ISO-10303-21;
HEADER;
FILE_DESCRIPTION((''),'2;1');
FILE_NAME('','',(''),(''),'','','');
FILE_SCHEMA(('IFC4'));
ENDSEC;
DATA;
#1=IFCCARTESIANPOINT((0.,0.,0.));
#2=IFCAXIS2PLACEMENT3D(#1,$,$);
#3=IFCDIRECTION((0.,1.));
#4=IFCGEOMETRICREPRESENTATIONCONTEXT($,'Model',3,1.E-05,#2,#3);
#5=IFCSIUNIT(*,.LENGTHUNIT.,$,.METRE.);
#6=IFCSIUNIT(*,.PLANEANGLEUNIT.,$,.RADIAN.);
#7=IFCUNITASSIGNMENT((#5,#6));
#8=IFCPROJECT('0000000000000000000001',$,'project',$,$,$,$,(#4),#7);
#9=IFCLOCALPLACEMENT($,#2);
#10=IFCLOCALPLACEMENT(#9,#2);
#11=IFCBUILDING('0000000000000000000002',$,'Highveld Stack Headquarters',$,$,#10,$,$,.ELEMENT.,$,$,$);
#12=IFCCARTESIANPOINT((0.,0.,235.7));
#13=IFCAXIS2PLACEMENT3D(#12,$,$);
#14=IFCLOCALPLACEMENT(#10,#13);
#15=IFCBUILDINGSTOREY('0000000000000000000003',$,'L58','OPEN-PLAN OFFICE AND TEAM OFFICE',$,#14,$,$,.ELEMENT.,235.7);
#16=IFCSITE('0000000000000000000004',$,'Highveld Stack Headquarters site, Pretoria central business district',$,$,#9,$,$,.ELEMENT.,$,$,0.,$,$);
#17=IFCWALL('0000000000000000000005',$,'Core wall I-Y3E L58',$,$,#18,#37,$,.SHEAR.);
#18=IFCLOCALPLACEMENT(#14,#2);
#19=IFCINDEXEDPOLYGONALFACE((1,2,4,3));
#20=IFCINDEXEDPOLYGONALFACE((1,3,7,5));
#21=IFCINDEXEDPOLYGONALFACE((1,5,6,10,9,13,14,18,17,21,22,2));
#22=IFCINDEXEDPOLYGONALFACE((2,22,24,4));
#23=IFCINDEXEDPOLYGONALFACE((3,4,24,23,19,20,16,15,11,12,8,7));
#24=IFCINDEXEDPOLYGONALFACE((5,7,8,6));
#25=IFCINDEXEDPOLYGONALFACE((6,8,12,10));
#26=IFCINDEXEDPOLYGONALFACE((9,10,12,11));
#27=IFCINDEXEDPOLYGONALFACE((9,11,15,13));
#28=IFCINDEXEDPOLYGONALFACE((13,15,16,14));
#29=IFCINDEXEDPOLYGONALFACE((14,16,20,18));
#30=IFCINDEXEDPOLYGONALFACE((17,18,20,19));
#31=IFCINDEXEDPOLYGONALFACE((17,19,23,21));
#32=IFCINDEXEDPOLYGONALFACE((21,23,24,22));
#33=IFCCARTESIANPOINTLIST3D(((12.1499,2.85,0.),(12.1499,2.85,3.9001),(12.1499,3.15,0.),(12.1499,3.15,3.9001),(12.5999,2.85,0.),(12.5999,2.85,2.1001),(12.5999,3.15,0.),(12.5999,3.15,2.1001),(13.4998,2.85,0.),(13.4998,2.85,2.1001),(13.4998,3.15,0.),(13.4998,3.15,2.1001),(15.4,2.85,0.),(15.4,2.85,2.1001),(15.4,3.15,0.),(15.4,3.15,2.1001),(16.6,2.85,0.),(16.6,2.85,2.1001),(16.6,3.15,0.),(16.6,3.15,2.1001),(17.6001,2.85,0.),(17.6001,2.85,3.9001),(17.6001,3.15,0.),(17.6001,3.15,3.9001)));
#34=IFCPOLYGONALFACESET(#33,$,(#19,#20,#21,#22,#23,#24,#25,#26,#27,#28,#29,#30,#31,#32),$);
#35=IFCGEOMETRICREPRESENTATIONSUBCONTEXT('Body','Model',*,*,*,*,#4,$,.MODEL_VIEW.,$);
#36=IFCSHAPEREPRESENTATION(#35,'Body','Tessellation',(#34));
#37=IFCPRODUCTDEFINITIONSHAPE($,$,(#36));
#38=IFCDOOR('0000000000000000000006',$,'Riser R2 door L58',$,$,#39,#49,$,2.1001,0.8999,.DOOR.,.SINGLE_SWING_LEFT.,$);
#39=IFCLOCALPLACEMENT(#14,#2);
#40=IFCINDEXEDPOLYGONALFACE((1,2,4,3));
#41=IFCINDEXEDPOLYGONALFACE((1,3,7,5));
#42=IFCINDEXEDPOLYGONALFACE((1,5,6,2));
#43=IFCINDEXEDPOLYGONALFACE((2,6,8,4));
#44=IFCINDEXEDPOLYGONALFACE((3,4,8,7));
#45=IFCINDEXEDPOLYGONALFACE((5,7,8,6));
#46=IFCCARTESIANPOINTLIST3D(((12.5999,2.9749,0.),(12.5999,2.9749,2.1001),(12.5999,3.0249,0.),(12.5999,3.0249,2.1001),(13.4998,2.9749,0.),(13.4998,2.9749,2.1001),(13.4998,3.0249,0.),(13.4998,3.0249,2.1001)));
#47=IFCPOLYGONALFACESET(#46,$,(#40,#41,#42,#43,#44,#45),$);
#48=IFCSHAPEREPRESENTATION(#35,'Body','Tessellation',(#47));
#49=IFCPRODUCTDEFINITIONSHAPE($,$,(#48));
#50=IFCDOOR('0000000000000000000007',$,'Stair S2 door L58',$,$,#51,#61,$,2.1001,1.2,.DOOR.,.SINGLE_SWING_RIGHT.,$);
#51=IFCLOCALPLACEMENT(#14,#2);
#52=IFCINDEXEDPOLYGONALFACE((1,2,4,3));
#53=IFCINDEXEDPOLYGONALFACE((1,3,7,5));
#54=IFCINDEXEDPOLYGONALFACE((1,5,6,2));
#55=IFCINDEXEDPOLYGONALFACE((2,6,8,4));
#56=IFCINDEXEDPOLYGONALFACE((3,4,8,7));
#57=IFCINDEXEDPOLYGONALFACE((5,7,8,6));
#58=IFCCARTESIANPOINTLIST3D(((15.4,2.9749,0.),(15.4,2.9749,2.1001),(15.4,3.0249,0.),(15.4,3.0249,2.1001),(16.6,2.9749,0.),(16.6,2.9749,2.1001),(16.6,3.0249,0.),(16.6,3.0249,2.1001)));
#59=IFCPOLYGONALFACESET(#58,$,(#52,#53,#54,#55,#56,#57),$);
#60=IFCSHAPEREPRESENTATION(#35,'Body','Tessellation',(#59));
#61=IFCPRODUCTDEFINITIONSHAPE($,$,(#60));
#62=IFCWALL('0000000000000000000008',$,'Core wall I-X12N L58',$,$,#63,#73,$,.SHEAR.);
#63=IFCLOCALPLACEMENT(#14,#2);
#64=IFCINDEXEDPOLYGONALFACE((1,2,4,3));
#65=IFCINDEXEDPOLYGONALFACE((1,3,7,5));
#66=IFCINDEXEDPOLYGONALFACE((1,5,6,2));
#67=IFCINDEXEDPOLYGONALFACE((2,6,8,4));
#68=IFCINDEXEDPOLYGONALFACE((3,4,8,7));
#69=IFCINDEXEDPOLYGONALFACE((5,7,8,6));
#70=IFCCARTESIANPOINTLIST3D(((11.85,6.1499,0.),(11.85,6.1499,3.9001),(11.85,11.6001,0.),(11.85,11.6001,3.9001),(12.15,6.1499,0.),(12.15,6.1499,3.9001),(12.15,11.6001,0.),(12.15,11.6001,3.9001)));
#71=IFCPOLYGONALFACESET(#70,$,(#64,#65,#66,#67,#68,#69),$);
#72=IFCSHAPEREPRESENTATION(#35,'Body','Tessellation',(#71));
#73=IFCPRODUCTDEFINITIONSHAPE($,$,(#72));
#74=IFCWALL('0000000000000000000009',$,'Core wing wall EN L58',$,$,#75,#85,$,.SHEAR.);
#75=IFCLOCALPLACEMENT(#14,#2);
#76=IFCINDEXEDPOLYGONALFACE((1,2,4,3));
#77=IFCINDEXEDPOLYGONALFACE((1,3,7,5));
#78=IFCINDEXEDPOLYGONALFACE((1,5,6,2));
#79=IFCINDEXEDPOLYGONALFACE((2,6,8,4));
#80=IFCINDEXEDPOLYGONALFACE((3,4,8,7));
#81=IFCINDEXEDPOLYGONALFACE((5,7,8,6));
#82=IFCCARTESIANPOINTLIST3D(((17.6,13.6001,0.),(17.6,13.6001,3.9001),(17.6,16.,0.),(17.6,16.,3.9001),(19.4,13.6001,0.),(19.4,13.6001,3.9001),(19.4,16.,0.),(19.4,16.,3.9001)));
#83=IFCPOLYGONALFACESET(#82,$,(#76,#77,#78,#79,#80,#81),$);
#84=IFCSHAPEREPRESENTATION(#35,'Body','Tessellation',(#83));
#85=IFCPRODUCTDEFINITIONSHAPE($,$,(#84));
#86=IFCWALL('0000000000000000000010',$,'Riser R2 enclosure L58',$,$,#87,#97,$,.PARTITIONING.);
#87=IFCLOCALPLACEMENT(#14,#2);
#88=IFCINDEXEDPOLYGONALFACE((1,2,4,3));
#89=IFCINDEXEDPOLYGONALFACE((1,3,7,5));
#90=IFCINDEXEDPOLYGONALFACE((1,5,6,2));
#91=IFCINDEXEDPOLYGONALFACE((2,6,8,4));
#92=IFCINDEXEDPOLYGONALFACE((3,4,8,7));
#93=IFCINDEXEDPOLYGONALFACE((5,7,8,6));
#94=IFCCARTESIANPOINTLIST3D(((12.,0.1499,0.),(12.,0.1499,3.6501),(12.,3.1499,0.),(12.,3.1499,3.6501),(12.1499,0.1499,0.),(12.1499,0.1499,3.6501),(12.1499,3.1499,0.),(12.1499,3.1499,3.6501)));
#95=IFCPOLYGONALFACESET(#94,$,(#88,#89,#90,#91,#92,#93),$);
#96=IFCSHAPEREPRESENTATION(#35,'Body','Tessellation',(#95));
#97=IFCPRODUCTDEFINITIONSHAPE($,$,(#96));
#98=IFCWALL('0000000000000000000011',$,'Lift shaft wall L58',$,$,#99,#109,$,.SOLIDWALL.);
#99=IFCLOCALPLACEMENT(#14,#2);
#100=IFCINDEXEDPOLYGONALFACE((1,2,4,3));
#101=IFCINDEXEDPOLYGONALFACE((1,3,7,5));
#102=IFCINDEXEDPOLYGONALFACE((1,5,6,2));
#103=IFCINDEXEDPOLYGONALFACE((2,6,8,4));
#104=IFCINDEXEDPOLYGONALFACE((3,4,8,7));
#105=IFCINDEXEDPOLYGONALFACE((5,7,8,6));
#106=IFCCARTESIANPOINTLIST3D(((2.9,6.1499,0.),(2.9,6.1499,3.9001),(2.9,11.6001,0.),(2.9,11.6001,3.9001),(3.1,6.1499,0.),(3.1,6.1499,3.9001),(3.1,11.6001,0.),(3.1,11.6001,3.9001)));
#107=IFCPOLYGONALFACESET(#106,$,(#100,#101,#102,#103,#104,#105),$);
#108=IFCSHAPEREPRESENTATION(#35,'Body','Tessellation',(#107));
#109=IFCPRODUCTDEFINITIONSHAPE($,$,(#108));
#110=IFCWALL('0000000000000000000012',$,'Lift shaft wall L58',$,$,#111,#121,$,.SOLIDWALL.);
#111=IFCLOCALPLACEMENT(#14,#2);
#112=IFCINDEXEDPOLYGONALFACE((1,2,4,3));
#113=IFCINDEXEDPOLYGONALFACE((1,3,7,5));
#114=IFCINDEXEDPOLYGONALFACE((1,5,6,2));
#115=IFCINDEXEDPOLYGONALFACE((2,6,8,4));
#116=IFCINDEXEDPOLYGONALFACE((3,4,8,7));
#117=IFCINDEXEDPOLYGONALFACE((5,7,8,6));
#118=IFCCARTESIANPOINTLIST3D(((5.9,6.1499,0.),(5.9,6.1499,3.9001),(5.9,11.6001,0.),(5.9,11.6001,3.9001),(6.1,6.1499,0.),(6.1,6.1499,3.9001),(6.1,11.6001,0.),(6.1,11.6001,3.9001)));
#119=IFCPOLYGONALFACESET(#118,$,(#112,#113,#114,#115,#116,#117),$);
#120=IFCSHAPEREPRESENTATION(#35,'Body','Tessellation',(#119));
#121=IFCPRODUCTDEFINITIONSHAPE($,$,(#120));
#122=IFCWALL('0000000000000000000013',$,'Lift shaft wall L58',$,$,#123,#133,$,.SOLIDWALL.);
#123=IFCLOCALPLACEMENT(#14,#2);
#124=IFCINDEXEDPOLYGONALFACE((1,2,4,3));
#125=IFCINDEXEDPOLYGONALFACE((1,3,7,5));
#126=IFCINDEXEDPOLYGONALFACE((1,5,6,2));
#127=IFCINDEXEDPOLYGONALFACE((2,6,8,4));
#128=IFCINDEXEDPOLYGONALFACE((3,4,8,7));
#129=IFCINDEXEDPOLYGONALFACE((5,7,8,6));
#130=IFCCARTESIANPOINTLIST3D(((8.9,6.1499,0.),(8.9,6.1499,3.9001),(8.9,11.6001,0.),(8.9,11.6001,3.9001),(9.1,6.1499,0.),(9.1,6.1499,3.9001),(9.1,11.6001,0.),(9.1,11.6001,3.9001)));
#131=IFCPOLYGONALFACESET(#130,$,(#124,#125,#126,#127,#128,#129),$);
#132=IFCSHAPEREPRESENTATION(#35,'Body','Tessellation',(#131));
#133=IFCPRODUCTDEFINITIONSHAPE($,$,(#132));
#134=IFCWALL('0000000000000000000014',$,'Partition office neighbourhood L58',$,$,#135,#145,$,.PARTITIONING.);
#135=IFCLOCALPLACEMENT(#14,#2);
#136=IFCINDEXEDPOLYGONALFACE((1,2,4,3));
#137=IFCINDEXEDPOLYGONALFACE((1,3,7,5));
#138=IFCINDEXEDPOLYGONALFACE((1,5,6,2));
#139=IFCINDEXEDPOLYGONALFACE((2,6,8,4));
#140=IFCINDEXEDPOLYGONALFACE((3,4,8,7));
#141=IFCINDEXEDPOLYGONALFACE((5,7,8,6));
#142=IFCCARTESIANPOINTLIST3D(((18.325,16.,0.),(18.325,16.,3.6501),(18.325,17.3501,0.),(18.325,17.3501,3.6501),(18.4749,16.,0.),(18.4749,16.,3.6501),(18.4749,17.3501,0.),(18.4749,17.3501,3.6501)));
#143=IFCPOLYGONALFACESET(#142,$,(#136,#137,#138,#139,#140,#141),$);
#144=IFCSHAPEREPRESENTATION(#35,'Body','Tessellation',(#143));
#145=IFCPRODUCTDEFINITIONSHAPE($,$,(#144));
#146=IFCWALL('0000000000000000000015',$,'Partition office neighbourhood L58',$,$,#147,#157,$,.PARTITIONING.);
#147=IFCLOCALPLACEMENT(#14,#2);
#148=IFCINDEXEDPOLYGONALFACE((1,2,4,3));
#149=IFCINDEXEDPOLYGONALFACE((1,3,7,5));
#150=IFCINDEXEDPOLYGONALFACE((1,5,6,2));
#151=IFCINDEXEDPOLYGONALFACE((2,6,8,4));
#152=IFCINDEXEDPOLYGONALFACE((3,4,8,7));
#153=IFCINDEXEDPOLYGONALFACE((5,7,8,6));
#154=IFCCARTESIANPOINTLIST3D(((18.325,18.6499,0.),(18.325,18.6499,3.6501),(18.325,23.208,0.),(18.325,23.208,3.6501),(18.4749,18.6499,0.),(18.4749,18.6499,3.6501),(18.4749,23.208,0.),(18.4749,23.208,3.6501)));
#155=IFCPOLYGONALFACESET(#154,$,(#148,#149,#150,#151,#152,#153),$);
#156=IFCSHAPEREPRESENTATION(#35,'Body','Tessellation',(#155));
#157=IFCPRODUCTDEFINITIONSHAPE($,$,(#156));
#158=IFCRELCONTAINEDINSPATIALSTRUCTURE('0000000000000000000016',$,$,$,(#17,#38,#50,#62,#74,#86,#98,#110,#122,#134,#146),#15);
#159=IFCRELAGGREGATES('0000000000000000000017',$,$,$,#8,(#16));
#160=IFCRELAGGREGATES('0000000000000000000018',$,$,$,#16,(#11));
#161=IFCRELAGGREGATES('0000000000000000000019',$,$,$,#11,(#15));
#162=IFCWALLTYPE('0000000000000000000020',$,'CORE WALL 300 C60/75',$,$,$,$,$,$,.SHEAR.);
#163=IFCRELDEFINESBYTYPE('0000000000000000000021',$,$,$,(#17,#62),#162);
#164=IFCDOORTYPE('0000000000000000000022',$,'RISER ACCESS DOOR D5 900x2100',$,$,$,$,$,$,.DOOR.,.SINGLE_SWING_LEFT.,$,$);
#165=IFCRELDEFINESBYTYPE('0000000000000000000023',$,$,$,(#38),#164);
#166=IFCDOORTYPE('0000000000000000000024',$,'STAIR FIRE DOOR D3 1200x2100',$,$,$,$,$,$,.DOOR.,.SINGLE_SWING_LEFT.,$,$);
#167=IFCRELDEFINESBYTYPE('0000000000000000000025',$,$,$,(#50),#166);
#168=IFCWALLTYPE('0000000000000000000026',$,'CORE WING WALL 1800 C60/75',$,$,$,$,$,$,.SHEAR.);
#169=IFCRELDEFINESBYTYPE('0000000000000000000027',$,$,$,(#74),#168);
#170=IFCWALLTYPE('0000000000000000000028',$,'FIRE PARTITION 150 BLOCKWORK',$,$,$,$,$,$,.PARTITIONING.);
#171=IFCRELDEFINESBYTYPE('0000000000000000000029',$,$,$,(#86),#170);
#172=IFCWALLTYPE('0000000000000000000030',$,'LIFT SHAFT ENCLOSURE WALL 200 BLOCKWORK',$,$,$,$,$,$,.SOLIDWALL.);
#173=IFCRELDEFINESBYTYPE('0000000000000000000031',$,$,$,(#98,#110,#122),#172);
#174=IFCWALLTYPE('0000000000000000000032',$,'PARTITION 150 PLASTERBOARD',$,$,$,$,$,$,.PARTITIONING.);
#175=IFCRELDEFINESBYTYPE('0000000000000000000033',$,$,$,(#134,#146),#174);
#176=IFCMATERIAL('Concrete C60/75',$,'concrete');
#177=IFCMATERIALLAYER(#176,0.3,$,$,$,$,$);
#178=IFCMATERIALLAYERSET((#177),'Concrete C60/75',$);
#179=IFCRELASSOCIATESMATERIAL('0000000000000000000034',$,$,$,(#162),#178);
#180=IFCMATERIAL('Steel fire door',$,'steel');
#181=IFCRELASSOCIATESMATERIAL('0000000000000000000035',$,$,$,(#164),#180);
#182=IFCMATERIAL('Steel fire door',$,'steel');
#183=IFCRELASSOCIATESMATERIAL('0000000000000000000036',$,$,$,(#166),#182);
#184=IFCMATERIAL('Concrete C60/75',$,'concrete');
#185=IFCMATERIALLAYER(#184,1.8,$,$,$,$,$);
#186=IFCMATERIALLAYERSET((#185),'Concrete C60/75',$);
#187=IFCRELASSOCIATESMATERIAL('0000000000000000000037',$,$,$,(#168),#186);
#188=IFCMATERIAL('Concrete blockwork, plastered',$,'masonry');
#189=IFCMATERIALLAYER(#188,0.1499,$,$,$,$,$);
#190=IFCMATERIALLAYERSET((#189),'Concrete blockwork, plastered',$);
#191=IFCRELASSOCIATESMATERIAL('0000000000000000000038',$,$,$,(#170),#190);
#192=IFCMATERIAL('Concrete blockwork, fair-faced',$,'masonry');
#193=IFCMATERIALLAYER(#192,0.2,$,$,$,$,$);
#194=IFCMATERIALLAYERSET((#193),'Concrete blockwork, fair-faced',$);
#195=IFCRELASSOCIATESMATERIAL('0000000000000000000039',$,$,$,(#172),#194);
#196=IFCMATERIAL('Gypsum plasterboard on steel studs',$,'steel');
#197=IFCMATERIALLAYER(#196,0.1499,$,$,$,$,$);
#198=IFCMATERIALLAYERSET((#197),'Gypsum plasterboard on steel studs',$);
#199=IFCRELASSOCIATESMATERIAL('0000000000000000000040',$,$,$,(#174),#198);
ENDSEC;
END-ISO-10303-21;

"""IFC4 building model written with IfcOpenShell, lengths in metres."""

from ifc_helpers import new_model, si_unit, direction, frame, frame_2d, origin, place, context, subcontext, project, spatial, rectangle, extrude, material, layer, layer_set, type_object, element, fill, save


model = new_model("IFC4")

# Units and contexts
model_context = context("Model", 3, precision=1e-05, world=origin(), true_north=direction((0.0, 1.0)))
body_context = subcontext(model_context, "Body", "Model", "MODEL_VIEW")
ifc_project = project(units=[si_unit("LENGTHUNIT", "METRE"), si_unit("PLANEANGLEUNIT", "RADIAN")], contexts=[model_context])

# Site, building, storey
site_placement = place(None, origin())
site = spatial("IfcSite", under=ifc_project, at=site_placement, Name="Highveld Stack Headquarters site, Pretoria central business district", CompositionType="ELEMENT", RefElevation=0.0)
building_placement = place(site_placement, origin())
building = spatial("IfcBuilding", under=site, at=building_placement, Name="Highveld Stack Headquarters", CompositionType="ELEMENT")
storey_placement = place(building_placement, frame((0.0, 0.0, 235.7)))
storey = spatial("IfcBuildingStorey", under=building, at=storey_placement, Name="L58", Description="OPEN-PLAN OFFICE AND TEAM OFFICE", CompositionType="ELEMENT", Elevation=235.7)

# Wall, openings, doors
ifc_material_1 = material(Name="Concrete C60/75", Category="concrete")
ifc_layer_1 = layer(ifc_material_1, 0.3)
ifc_layer_set_1 = layer_set([ifc_layer_1], Name="Concrete C60/75")
wall_type_1 = type_object("IfcWallType", Name="CORE WALL 300 C60/75", PredefinedType="SHEAR", material=ifc_layer_set_1)
wall_1_placement = place(storey_placement, frame((12.1499, 3.0, 0.0), z_axis=(0.0, 0.0, 1.0), x_axis=(1.0, 0.0, 0.0)))
wall_1 = element("IfcWall", 1, at=wall_1_placement, inside=storey, type_object=wall_type_1, Name="Core wall I-Y3E L58", PredefinedType="SHEAR", context=body_context, shape_type="SweptSolid", body=[
    extrude(rectangle(XDim=5.4502, YDim=0.3, at=frame_2d((2.7251, 0.0))), origin(), (0.0, 0.0, 1.0), 3.9001),
])
opening_1_placement = place(wall_1_placement, frame((3.25, 0.0, 0.0)))
opening_1 = element("IfcOpeningElement", 2, at=opening_1_placement, cuts=wall_1, PredefinedType="OPENING", context=body_context, shape_type="SweptSolid", body=[
    extrude(rectangle(XDim=1.2, YDim=2.1001, at=frame_2d((0.6001, 1.05))), frame((0.0, 0.1599, 0.0), z_axis=(0.0, -1.0, 0.0), x_axis=(1.0, 0.0, 0.0)), (0.0, 0.0, 1.0), 0.3201),
])
opening_2_placement = place(wall_1_placement, frame((0.45, 0.0, 0.0)))
opening_2 = element("IfcOpeningElement", 3, at=opening_2_placement, cuts=wall_1, PredefinedType="OPENING", context=body_context, shape_type="SweptSolid", body=[
    extrude(rectangle(XDim=0.8999, YDim=2.1001, at=frame_2d((0.45, 1.05))), frame((0.0, 0.1599, 0.0), z_axis=(0.0, -1.0, 0.0), x_axis=(1.0, 0.0, 0.0)), (0.0, 0.0, 1.0), 0.3201),
])
ifc_material_2 = material(Name="Steel fire door", Category="steel")
door_type_1 = type_object("IfcDoorType", Name="RISER ACCESS DOOR D5 900x2100", OperationType="SINGLE_SWING_LEFT", PredefinedType="DOOR", material=ifc_material_2)
door_1_placement = place(opening_2_placement, origin())
door_1 = element("IfcDoor", 4, at=door_1_placement, inside=storey, type_object=door_type_1, Name="Riser R2 door L58", OperationType="SINGLE_SWING_LEFT", OverallHeight=2.1001, OverallWidth=0.8999, PredefinedType="DOOR", context=body_context, shape_type="SweptSolid", body=[
    extrude(rectangle(XDim=0.8999, YDim=2.1001, at=frame_2d((0.45, 1.05))), frame((0.0, 0.0249, 0.0), z_axis=(0.0, -1.0, 0.0), x_axis=(1.0, 0.0, 0.0)), (0.0, 0.0, 1.0), 0.05),
])
fill(opening_2, door_1)
ifc_material_3 = material(Name="Steel fire door", Category="steel")
door_type_2 = type_object("IfcDoorType", Name="STAIR FIRE DOOR D3 1200x2100", OperationType="SINGLE_SWING_LEFT", PredefinedType="DOOR", material=ifc_material_3)
door_2_placement = place(opening_1_placement, origin())
door_2 = element("IfcDoor", 5, at=door_2_placement, inside=storey, type_object=door_type_2, Name="Stair S2 door L58", OperationType="SINGLE_SWING_RIGHT", OverallHeight=2.1001, OverallWidth=1.2, PredefinedType="DOOR", context=body_context, shape_type="SweptSolid", body=[
    extrude(rectangle(XDim=1.2, YDim=2.1001, at=frame_2d((0.6001, 1.05))), frame((0.0, 0.0249, 0.0), z_axis=(0.0, -1.0, 0.0), x_axis=(1.0, 0.0, 0.0)), (0.0, 0.0, 1.0), 0.05),
])
fill(opening_1, door_2)

# Walls
wall_2_placement = place(storey_placement, frame((12.0, 6.1499, 0.0), z_axis=(0.0, 0.0, 1.0), x_axis=(0.0, 1.0, 0.0)))
element("IfcWall", 6, at=wall_2_placement, inside=storey, type_object=wall_type_1, Name="Core wall I-X12N L58", PredefinedType="SHEAR", context=body_context, shape_type="SweptSolid", body=[
    extrude(rectangle(XDim=5.4502, YDim=0.3, at=frame_2d((2.7251, 0.0))), origin(), (0.0, 0.0, 1.0), 3.9001),
])
ifc_material_4 = material(Name="Concrete C60/75", Category="concrete")
ifc_layer_2 = layer(ifc_material_4, 1.8)
ifc_layer_set_2 = layer_set([ifc_layer_2], Name="Concrete C60/75")
wall_type_2 = type_object("IfcWallType", Name="CORE WING WALL 1800 C60/75", PredefinedType="SHEAR", material=ifc_layer_set_2)
wall_3_placement = place(storey_placement, frame((18.5, 13.6001, 0.0), z_axis=(0.0, 0.0, 1.0), x_axis=(0.0, 1.0, 0.0)))
element("IfcWall", 7, at=wall_3_placement, inside=storey, type_object=wall_type_2, Name="Core wing wall EN L58", PredefinedType="SHEAR", context=body_context, shape_type="SweptSolid", body=[
    extrude(rectangle(XDim=2.3999, YDim=1.8, at=frame_2d((1.2, 0.0))), origin(), (0.0, 0.0, 1.0), 3.9001),
])
ifc_material_5 = material(Name="Concrete blockwork, plastered", Category="masonry")
ifc_layer_3 = layer(ifc_material_5, 0.1499)
ifc_layer_set_3 = layer_set([ifc_layer_3], Name="Concrete blockwork, plastered")
wall_type_3 = type_object("IfcWallType", Name="FIRE PARTITION 150 BLOCKWORK", PredefinedType="PARTITIONING", material=ifc_layer_set_3)
wall_4_placement = place(storey_placement, frame((12.075, 0.1499, 0.0), z_axis=(0.0, 0.0, 1.0), x_axis=(0.0, 1.0, 0.0)))
element("IfcWall", 8, at=wall_4_placement, inside=storey, type_object=wall_type_3, Name="Riser R2 enclosure L58", PredefinedType="PARTITIONING", context=body_context, shape_type="SweptSolid", body=[
    extrude(rectangle(XDim=3.0, YDim=0.1499, at=frame_2d((1.5, 0.0))), origin(), (0.0, 0.0, 1.0), 3.6501),
])
ifc_material_6 = material(Name="Concrete blockwork, fair-faced", Category="masonry")
ifc_layer_4 = layer(ifc_material_6, 0.2)
ifc_layer_set_4 = layer_set([ifc_layer_4], Name="Concrete blockwork, fair-faced")
wall_type_4 = type_object("IfcWallType", Name="LIFT SHAFT ENCLOSURE WALL 200 BLOCKWORK", PredefinedType="SOLIDWALL", material=ifc_layer_set_4)
for number, where, z_axis, x_axis, name in (
    (9, (3.0, 6.1499, 0.0), (0.0, 0.0, 1.0), (0.0, 1.0, 0.0), "Lift shaft wall L58"),
    (10, (6.0, 6.1499, 0.0), (0.0, 0.0, 1.0), (0.0, 1.0, 0.0), "Lift shaft wall L58"),
    (11, (9.0, 6.1499, 0.0), (0.0, 0.0, 1.0), (0.0, 1.0, 0.0), "Lift shaft wall L58"),
):
    element("IfcWall", number, at=place(storey_placement, frame(where, z_axis=z_axis, x_axis=x_axis)), inside=storey, type_object=wall_type_4, Name=name, PredefinedType="SOLIDWALL", context=body_context, shape_type="SweptSolid", body=[
        extrude(rectangle(XDim=5.4502, YDim=0.2, at=frame_2d((2.7251, 0.0))), origin(), (0.0, 0.0, 1.0), 3.9001),
    ])
ifc_material_7 = material(Name="Gypsum plasterboard on steel studs", Category="steel")
ifc_layer_5 = layer(ifc_material_7, 0.1499)
ifc_layer_set_5 = layer_set([ifc_layer_5], Name="Gypsum plasterboard on steel studs")
wall_type_5 = type_object("IfcWallType", Name="PARTITION 150 PLASTERBOARD", PredefinedType="PARTITIONING", material=ifc_layer_set_5)
wall_5_placement = place(storey_placement, frame((18.3999, 16.0, 0.0), z_axis=(0.0, 0.0, 1.0), x_axis=(0.0, 1.0, 0.0)))
element("IfcWall", 12, at=wall_5_placement, inside=storey, type_object=wall_type_5, Name="Partition office neighbourhood L58", PredefinedType="PARTITIONING", context=body_context, shape_type="SweptSolid", body=[
    extrude(rectangle(XDim=1.3501, YDim=0.1499, at=frame_2d((0.675, 0.0))), origin(), (0.0, 0.0, 1.0), 3.6501),
])
wall_6_placement = place(storey_placement, frame((18.3999, 18.6499, 0.0), z_axis=(0.0, 0.0, 1.0), x_axis=(0.0, 1.0, 0.0)))
element("IfcWall", 13, at=wall_6_placement, inside=storey, type_object=wall_type_5, Name="Partition office neighbourhood L58", PredefinedType="PARTITIONING", context=body_context, shape_type="SweptSolid", body=[
    extrude(rectangle(XDim=4.5581, YDim=0.1499, at=frame_2d((2.2791, 0.0))), origin(), (0.0, 0.0, 1.0), 3.6501),
])

save(model, "model.ifc")
